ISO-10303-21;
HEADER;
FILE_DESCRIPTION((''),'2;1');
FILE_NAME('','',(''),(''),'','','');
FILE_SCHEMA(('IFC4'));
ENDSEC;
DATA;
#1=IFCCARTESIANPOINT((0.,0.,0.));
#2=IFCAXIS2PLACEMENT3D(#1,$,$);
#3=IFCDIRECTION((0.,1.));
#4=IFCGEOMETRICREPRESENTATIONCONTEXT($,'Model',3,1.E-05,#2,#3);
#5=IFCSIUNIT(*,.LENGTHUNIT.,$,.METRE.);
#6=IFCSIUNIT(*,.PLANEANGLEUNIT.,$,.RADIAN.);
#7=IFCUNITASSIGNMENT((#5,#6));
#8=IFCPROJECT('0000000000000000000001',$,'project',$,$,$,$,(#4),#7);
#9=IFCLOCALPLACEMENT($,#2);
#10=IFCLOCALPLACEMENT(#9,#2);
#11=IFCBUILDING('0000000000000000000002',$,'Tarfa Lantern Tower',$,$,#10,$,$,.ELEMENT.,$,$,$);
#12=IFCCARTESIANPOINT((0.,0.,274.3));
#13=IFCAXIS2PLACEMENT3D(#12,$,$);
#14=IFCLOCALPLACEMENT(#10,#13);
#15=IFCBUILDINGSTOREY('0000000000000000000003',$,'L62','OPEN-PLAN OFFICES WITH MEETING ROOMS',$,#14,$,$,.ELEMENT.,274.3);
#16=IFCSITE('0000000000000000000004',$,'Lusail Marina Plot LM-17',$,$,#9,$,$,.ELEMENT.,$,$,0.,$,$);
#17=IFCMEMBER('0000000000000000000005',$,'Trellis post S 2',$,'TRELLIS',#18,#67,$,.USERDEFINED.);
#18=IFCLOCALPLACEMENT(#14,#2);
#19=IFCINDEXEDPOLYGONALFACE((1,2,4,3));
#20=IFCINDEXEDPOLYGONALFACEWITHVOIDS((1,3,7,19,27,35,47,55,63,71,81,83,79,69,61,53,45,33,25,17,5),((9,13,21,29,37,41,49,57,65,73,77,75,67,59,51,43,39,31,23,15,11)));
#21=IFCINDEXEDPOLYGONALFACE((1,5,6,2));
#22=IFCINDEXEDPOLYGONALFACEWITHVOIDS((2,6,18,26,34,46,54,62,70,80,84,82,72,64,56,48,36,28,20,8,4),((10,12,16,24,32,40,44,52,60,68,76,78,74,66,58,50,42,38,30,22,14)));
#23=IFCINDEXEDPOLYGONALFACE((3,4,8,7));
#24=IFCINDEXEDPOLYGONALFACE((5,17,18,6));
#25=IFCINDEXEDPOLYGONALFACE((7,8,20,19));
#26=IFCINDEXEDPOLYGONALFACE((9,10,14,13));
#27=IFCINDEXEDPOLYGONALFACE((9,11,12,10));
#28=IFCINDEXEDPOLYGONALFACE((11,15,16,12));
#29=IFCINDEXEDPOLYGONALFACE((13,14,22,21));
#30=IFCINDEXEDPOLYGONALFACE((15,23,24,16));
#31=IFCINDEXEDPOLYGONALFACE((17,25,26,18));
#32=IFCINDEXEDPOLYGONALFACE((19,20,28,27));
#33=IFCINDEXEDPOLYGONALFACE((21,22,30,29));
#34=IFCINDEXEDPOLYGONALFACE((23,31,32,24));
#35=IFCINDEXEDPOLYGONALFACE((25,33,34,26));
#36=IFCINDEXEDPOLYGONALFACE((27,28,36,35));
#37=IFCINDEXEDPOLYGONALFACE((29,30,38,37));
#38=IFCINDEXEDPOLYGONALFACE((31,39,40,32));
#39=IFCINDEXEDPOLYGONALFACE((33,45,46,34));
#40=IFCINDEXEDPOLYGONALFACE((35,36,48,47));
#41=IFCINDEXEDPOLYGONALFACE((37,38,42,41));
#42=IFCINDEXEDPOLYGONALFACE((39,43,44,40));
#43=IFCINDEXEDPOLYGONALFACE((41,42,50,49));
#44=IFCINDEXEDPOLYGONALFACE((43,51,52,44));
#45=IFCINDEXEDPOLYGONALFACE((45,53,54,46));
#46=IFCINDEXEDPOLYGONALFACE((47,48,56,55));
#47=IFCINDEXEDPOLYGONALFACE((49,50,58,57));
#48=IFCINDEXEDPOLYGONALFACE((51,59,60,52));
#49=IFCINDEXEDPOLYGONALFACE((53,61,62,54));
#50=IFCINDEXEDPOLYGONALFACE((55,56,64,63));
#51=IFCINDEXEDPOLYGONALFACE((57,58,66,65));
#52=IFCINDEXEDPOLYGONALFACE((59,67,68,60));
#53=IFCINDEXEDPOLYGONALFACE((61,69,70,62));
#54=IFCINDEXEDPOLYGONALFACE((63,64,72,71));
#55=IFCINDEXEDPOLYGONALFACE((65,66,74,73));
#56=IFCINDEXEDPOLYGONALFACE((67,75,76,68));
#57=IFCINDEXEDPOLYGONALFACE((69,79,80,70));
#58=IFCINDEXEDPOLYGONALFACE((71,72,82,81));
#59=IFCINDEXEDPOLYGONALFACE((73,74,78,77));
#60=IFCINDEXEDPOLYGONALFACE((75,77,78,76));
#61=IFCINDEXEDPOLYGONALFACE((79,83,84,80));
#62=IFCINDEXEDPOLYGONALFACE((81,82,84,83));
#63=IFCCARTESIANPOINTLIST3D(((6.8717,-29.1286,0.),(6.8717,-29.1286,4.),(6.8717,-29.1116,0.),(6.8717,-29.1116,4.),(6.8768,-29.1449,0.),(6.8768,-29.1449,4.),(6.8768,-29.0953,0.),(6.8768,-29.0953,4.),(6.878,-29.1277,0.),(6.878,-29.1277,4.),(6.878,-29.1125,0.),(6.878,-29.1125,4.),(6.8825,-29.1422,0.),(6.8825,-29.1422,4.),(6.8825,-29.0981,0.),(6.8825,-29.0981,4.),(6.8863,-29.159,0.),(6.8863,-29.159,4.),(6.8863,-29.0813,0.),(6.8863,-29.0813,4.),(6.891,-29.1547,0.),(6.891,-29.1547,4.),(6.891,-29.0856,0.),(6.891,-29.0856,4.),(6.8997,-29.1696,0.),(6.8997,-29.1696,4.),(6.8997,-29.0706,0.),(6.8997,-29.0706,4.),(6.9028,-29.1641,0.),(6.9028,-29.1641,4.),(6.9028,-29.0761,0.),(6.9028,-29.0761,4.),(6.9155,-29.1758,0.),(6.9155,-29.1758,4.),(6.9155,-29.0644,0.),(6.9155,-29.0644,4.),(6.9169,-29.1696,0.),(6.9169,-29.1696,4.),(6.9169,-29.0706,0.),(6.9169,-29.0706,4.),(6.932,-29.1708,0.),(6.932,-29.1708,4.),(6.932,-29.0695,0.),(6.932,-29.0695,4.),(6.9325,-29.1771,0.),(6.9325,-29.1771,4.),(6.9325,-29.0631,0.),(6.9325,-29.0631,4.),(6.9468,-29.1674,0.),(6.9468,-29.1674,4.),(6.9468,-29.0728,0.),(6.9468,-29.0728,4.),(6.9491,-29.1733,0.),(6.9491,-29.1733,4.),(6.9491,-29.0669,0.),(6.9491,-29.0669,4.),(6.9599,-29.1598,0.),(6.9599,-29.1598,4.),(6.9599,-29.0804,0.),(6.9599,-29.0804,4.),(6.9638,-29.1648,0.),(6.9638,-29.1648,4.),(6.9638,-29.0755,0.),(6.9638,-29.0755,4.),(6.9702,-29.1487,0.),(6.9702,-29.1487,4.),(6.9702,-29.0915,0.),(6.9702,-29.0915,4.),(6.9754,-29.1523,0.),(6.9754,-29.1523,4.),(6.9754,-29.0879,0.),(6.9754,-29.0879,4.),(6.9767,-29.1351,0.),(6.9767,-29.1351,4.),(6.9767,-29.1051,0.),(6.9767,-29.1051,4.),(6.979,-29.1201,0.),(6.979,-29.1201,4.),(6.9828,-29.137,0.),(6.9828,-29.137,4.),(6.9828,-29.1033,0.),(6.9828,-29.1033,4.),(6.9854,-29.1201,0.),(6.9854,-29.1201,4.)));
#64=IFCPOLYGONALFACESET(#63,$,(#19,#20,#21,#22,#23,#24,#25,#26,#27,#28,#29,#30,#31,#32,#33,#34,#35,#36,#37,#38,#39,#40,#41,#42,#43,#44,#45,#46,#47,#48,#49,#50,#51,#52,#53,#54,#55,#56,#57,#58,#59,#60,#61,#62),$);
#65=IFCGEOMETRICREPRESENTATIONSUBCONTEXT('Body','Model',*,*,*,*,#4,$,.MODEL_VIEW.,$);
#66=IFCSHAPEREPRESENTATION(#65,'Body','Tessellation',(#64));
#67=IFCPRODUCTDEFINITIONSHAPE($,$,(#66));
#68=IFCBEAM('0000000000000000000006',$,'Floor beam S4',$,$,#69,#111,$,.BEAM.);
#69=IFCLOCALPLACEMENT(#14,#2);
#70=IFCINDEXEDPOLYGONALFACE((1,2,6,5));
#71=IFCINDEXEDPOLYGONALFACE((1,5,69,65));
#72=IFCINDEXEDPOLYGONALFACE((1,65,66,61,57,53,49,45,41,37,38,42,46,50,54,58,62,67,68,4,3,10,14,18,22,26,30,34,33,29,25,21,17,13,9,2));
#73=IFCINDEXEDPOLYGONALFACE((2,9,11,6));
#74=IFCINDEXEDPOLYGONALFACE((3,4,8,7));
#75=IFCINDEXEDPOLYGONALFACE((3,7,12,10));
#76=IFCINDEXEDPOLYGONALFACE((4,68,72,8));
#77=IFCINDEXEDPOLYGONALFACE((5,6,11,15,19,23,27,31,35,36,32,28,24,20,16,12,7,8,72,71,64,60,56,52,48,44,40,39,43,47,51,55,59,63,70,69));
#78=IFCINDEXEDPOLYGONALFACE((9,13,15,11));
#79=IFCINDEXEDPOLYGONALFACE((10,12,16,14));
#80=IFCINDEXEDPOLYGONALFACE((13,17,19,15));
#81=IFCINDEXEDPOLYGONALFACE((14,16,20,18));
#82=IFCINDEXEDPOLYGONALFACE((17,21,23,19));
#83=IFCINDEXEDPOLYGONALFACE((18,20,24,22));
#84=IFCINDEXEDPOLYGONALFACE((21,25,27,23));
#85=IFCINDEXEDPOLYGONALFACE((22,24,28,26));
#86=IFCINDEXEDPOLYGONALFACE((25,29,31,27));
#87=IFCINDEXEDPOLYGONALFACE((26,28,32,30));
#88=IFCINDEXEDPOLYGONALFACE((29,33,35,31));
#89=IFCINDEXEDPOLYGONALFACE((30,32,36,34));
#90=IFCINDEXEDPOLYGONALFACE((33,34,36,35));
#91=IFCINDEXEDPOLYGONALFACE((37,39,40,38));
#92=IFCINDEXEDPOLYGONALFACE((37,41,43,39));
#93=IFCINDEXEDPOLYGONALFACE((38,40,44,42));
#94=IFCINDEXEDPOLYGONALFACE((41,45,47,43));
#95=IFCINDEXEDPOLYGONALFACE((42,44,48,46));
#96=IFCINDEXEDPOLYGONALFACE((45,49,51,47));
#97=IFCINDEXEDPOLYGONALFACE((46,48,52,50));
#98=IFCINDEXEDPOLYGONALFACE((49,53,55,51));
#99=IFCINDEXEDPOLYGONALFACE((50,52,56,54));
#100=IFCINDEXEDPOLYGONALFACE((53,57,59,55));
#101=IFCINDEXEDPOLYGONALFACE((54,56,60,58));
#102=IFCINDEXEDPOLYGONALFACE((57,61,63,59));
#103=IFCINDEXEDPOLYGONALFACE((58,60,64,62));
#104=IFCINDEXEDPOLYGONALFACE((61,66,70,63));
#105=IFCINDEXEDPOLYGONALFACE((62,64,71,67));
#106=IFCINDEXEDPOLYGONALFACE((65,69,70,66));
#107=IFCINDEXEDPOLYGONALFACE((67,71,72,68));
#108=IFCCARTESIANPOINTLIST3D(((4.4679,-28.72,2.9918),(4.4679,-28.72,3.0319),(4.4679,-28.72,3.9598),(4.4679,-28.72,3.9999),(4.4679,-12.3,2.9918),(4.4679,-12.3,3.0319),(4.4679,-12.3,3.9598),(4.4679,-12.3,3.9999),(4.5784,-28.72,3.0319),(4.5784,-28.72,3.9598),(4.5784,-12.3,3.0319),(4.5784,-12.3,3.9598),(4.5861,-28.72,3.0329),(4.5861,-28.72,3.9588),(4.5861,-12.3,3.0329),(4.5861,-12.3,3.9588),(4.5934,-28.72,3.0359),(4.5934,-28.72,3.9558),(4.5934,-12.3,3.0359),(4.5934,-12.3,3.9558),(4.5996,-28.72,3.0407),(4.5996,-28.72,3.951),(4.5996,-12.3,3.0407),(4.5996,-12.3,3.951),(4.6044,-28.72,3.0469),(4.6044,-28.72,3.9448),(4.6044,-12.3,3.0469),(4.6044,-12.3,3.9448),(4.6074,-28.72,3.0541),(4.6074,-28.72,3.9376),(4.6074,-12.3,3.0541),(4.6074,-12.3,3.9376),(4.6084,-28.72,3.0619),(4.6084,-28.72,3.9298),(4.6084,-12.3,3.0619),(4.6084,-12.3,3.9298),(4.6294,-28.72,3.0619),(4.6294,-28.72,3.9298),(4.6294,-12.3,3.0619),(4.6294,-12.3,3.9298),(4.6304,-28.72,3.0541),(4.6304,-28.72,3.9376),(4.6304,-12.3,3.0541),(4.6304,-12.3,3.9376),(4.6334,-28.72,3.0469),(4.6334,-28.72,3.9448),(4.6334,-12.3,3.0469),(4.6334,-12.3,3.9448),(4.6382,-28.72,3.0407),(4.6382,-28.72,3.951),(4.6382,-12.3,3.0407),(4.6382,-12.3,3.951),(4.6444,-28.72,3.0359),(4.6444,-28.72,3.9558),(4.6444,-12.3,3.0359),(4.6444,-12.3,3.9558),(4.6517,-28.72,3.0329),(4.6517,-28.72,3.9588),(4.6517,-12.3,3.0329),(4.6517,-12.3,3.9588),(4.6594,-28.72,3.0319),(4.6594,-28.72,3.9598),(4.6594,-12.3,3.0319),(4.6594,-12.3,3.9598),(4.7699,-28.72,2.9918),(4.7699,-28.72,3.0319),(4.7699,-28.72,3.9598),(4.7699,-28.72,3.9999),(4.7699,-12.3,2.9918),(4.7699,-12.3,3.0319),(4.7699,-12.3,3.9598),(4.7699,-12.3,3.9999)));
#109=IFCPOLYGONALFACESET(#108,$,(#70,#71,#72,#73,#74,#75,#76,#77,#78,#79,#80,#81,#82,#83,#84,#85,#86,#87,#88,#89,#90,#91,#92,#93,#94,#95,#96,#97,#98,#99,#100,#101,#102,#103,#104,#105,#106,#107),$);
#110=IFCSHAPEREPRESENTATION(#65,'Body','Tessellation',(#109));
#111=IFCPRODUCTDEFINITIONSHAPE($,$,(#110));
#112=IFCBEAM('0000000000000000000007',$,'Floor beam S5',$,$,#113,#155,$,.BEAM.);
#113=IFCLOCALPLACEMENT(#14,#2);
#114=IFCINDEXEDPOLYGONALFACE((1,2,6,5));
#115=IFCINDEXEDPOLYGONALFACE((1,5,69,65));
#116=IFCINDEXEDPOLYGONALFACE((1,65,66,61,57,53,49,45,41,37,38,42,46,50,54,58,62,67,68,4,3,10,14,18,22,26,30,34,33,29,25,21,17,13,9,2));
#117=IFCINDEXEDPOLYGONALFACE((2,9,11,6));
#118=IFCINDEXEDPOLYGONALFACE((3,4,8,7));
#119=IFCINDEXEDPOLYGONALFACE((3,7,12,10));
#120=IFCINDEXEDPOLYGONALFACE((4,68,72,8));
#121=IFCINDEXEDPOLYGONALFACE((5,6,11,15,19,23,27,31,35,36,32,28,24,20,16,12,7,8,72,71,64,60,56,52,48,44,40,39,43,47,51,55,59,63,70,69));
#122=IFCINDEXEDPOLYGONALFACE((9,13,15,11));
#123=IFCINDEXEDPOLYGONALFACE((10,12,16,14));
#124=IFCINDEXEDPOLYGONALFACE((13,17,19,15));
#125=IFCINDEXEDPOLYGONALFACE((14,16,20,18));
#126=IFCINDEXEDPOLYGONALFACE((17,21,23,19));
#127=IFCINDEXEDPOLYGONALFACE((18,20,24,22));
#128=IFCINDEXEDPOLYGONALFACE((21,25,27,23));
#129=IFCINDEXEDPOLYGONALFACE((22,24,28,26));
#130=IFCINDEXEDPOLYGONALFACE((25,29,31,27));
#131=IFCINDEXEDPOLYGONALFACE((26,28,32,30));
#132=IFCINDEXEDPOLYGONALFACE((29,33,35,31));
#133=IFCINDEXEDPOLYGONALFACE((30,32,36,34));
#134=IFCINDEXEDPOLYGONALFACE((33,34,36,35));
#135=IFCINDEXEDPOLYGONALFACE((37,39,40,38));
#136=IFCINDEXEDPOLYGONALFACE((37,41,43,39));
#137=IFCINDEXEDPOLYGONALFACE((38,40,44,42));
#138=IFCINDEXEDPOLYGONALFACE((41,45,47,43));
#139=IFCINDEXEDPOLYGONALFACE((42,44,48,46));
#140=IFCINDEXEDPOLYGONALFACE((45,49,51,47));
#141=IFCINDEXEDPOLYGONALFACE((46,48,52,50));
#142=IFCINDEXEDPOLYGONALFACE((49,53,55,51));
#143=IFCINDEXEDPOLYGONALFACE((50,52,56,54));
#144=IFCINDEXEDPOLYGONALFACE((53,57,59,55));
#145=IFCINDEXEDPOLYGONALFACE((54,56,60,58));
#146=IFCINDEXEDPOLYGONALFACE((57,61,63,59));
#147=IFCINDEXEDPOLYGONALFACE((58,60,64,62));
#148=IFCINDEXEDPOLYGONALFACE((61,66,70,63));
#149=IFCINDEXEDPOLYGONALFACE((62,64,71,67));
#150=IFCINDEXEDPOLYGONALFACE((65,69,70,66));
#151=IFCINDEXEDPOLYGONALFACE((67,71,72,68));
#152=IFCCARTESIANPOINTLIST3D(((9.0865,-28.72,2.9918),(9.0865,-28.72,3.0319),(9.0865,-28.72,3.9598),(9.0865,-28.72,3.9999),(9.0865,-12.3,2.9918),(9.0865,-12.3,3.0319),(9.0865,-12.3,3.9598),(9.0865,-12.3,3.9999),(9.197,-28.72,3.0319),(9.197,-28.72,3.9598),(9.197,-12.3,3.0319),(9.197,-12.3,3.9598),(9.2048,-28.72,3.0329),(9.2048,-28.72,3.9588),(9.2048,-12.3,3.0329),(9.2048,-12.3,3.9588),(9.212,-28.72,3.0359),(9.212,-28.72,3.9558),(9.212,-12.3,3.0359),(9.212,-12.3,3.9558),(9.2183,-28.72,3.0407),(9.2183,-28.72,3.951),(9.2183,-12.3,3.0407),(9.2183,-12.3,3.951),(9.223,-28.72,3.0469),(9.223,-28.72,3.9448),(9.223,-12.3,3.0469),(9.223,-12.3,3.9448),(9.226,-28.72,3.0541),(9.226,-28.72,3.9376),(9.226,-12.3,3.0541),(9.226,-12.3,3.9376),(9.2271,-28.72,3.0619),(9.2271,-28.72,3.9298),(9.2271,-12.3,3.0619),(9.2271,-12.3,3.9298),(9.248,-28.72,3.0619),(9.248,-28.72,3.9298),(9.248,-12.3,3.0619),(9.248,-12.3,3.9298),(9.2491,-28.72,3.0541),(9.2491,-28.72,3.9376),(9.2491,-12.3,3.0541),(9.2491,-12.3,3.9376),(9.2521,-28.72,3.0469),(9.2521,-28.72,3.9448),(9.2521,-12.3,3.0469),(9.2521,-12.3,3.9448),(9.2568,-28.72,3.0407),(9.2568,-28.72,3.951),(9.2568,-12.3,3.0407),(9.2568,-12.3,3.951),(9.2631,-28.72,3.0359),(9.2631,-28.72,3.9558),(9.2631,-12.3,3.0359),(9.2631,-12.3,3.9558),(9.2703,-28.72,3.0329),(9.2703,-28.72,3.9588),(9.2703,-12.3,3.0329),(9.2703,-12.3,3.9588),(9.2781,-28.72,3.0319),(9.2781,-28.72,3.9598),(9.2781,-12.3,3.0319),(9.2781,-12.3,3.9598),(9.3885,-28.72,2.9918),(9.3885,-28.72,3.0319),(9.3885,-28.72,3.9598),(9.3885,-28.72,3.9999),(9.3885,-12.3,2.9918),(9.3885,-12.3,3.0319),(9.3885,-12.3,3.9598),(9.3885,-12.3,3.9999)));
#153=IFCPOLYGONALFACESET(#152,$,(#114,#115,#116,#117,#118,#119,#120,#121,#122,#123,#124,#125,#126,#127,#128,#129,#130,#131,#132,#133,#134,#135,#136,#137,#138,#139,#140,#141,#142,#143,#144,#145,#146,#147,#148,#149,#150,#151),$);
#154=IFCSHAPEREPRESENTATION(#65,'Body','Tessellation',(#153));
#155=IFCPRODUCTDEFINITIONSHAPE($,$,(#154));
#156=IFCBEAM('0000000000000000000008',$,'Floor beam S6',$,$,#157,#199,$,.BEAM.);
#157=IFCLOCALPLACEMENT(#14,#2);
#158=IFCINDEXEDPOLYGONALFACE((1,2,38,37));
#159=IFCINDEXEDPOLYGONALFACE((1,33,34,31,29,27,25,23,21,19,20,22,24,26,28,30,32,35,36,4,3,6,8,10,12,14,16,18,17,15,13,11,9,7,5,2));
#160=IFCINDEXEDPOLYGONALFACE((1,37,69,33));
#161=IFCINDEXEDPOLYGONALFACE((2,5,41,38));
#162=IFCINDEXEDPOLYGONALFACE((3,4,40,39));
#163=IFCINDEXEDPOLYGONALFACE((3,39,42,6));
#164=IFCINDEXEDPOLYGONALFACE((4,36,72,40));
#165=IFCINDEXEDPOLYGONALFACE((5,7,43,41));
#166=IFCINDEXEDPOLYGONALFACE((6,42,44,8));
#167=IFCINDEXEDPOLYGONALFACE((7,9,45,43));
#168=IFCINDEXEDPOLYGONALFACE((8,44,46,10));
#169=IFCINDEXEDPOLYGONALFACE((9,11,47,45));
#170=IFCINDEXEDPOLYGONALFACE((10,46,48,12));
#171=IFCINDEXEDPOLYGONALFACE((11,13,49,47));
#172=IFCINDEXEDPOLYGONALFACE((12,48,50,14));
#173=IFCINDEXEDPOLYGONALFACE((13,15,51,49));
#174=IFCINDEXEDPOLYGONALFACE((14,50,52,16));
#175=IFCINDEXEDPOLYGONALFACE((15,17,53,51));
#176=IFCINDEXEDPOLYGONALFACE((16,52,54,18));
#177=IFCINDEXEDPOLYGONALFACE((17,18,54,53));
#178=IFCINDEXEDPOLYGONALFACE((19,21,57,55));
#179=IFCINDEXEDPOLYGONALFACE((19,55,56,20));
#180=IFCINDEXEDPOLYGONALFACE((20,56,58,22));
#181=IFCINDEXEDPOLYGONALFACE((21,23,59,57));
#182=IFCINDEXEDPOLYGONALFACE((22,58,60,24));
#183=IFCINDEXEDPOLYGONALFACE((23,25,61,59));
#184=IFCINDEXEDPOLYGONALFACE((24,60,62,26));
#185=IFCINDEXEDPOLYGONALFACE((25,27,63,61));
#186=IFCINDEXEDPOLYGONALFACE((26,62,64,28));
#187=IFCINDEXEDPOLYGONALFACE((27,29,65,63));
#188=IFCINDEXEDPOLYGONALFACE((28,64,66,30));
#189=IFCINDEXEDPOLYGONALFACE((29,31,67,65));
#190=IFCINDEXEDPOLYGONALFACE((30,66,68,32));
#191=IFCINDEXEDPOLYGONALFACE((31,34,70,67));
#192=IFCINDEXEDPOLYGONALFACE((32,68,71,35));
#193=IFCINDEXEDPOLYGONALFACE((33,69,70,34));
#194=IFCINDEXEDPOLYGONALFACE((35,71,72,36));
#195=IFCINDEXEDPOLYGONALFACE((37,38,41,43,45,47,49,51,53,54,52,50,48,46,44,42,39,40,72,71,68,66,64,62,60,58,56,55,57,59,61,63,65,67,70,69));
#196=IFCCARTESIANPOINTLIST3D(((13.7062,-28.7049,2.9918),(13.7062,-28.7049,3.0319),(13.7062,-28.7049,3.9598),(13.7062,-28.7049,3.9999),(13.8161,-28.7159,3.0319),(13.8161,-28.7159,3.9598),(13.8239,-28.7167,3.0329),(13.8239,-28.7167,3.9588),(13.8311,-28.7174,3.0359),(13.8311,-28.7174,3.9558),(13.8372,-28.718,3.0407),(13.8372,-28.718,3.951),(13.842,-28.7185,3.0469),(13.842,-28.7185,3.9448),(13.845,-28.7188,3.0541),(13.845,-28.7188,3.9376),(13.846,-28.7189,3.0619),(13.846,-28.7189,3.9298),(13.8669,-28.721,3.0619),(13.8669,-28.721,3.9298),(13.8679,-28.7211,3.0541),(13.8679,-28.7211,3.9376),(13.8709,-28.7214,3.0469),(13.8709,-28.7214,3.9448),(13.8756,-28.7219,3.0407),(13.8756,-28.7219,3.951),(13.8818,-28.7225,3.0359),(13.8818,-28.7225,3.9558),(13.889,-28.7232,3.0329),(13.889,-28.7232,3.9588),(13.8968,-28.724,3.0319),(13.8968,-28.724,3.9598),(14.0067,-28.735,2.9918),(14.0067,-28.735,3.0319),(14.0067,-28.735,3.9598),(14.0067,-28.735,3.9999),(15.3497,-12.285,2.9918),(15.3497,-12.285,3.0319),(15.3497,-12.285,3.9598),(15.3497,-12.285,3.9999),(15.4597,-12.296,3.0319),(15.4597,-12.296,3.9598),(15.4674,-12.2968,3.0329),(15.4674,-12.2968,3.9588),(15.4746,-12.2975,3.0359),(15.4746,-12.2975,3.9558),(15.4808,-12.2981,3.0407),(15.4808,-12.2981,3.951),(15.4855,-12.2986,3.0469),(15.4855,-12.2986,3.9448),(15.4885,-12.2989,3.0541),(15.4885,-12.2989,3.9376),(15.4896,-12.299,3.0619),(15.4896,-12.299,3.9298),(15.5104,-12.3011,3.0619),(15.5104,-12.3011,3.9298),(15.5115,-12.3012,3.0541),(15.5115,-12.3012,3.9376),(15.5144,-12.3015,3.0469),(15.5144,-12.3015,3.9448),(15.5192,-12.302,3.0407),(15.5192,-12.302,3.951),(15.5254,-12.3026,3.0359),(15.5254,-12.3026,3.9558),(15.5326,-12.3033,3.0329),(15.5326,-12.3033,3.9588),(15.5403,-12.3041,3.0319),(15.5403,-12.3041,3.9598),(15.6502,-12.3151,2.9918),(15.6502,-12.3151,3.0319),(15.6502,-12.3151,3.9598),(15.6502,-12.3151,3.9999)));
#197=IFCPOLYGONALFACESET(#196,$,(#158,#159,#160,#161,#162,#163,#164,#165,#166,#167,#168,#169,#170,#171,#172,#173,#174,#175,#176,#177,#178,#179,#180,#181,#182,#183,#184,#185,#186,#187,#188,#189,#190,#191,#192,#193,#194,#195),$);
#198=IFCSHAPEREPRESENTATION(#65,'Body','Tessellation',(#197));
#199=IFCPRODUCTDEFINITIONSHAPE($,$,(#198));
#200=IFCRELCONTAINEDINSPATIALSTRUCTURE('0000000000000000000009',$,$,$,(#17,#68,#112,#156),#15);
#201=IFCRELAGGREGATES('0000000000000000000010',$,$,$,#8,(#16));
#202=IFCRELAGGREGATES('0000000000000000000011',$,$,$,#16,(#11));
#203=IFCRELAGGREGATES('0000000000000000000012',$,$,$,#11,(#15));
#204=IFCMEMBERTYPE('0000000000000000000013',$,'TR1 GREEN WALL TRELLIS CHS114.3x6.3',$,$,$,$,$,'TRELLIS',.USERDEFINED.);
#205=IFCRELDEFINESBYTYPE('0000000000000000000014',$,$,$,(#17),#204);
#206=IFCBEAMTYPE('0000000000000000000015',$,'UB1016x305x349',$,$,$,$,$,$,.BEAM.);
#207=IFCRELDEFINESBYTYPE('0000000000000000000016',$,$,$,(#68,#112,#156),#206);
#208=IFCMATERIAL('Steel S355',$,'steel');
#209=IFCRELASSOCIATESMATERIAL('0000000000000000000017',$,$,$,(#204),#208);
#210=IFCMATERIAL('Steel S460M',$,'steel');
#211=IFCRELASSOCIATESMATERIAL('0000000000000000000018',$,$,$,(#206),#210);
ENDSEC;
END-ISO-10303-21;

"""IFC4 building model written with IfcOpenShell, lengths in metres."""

from ifc_helpers import new_model, si_unit, direction, frame, origin, origin_2d, place, context, subcontext, project, spatial, hollow_circle, i_section, extrude, material, material_profile, profile_set, type_object, element, save


model = new_model("IFC4")

# Units and contexts
model_context = context("Model", 3, precision=1e-05, world=origin(), true_north=direction((0.0, 1.0)))
body_context = subcontext(model_context, "Body", "Model", "MODEL_VIEW")
ifc_project = project(units=[si_unit("LENGTHUNIT", "METRE"), si_unit("PLANEANGLEUNIT", "RADIAN")], contexts=[model_context])

# Site, building, storey
site_placement = place(None, origin())
site = spatial("IfcSite", under=ifc_project, at=site_placement, Name="Lusail Marina Plot LM-17", CompositionType="ELEMENT", RefElevation=0.0)
building_placement = place(site_placement, origin())
building = spatial("IfcBuilding", under=site, at=building_placement, Name="Tarfa Lantern Tower", CompositionType="ELEMENT")
storey_placement = place(building_placement, frame((0.0, 0.0, 274.3)))
storey = spatial("IfcBuildingStorey", under=building, at=storey_placement, Name="L62", Description="OPEN-PLAN OFFICES WITH MEETING ROOMS", CompositionType="ELEMENT", Elevation=274.3)

# Member
ifc_material_1 = material(Name="Steel S355", Category="steel")
ifc_material_profile_1 = material_profile(ifc_material_1, hollow_circle(Radius=0.0571, WallThickness=0.0063, at=origin_2d()), Name="CHS114.3x6.3")
ifc_profile_set_1 = profile_set([ifc_material_profile_1], Name="Steel S355")
member_type_1 = type_object("IfcMemberType", Name="TR1 GREEN WALL TRELLIS CHS114.3x6.3", ElementType="TRELLIS", PredefinedType="USERDEFINED", material=ifc_profile_set_1)
member_1_placement = place(storey_placement, frame((6.9282, -29.1201, 0.0), z_axis=(0.0, 0.0, 1.0), x_axis=(1.0, 0.0, 0.0)))
element("IfcMember", 1, at=member_1_placement, inside=storey, type_object=member_type_1, Name="Trellis post S 2", ObjectType="TRELLIS", PredefinedType="USERDEFINED", context=body_context, shape_type="SweptSolid", body=[
    extrude(hollow_circle(Radius=0.0571, WallThickness=0.0063, at=origin_2d()), origin(), (0.0, 0.0, 1.0), 4.0),
])

# Beams
ifc_material_2 = material(Name="Steel S460M", Category="steel")
ifc_material_profile_2 = material_profile(ifc_material_2, i_section(OverallWidth=0.302, OverallDepth=1.0081, WebThickness=0.021, FlangeThickness=0.04, FilletRadius=0.03, at=origin_2d()), Name="UB1016x305x349")
ifc_profile_set_2 = profile_set([ifc_material_profile_2], Name="Steel S460M")
beam_type_1 = type_object("IfcBeamType", Name="UB1016x305x349", PredefinedType="BEAM", material=ifc_profile_set_2)
for number, where, z_axis, x_axis, name in (
    (2, (4.6189, -28.72, 3.4958), (0.0, 1.0, 0.0), (-1.0, 0.0, 0.0), "Floor beam S4"),
    (3, (9.2375, -28.72, 3.4958), (0.0, 1.0, 0.0), (-1.0, 0.0, 0.0), "Floor beam S5"),
):
    element("IfcBeam", number, at=place(storey_placement, frame(where, z_axis=z_axis, x_axis=x_axis)), inside=storey, type_object=beam_type_1, Name=name, PredefinedType="BEAM", context=body_context, shape_type="SweptSolid", body=[
        extrude(i_section(OverallWidth=0.302, OverallDepth=1.0081, WebThickness=0.021, FlangeThickness=0.04, FilletRadius=0.03, at=origin_2d()), origin(), (0.0, 0.0, 1.0), 16.4199),
    ])
beam_1_placement = place(storey_placement, frame((13.8564, -28.72, 3.4958), z_axis=(0.099597, 0.995028, 0.0), x_axis=(-0.995028, 0.099597, 0.0)))
element("IfcBeam", 4, at=beam_1_placement, inside=storey, type_object=beam_type_1, Name="Floor beam S6", PredefinedType="BEAM", context=body_context, shape_type="SweptSolid", body=[
    extrude(i_section(OverallWidth=0.302, OverallDepth=1.0081, WebThickness=0.021, FlangeThickness=0.04, FilletRadius=0.03, at=origin_2d()), origin(), (0.0, 0.0, 1.0), 16.502),
])

save(model, "model.ifc")
